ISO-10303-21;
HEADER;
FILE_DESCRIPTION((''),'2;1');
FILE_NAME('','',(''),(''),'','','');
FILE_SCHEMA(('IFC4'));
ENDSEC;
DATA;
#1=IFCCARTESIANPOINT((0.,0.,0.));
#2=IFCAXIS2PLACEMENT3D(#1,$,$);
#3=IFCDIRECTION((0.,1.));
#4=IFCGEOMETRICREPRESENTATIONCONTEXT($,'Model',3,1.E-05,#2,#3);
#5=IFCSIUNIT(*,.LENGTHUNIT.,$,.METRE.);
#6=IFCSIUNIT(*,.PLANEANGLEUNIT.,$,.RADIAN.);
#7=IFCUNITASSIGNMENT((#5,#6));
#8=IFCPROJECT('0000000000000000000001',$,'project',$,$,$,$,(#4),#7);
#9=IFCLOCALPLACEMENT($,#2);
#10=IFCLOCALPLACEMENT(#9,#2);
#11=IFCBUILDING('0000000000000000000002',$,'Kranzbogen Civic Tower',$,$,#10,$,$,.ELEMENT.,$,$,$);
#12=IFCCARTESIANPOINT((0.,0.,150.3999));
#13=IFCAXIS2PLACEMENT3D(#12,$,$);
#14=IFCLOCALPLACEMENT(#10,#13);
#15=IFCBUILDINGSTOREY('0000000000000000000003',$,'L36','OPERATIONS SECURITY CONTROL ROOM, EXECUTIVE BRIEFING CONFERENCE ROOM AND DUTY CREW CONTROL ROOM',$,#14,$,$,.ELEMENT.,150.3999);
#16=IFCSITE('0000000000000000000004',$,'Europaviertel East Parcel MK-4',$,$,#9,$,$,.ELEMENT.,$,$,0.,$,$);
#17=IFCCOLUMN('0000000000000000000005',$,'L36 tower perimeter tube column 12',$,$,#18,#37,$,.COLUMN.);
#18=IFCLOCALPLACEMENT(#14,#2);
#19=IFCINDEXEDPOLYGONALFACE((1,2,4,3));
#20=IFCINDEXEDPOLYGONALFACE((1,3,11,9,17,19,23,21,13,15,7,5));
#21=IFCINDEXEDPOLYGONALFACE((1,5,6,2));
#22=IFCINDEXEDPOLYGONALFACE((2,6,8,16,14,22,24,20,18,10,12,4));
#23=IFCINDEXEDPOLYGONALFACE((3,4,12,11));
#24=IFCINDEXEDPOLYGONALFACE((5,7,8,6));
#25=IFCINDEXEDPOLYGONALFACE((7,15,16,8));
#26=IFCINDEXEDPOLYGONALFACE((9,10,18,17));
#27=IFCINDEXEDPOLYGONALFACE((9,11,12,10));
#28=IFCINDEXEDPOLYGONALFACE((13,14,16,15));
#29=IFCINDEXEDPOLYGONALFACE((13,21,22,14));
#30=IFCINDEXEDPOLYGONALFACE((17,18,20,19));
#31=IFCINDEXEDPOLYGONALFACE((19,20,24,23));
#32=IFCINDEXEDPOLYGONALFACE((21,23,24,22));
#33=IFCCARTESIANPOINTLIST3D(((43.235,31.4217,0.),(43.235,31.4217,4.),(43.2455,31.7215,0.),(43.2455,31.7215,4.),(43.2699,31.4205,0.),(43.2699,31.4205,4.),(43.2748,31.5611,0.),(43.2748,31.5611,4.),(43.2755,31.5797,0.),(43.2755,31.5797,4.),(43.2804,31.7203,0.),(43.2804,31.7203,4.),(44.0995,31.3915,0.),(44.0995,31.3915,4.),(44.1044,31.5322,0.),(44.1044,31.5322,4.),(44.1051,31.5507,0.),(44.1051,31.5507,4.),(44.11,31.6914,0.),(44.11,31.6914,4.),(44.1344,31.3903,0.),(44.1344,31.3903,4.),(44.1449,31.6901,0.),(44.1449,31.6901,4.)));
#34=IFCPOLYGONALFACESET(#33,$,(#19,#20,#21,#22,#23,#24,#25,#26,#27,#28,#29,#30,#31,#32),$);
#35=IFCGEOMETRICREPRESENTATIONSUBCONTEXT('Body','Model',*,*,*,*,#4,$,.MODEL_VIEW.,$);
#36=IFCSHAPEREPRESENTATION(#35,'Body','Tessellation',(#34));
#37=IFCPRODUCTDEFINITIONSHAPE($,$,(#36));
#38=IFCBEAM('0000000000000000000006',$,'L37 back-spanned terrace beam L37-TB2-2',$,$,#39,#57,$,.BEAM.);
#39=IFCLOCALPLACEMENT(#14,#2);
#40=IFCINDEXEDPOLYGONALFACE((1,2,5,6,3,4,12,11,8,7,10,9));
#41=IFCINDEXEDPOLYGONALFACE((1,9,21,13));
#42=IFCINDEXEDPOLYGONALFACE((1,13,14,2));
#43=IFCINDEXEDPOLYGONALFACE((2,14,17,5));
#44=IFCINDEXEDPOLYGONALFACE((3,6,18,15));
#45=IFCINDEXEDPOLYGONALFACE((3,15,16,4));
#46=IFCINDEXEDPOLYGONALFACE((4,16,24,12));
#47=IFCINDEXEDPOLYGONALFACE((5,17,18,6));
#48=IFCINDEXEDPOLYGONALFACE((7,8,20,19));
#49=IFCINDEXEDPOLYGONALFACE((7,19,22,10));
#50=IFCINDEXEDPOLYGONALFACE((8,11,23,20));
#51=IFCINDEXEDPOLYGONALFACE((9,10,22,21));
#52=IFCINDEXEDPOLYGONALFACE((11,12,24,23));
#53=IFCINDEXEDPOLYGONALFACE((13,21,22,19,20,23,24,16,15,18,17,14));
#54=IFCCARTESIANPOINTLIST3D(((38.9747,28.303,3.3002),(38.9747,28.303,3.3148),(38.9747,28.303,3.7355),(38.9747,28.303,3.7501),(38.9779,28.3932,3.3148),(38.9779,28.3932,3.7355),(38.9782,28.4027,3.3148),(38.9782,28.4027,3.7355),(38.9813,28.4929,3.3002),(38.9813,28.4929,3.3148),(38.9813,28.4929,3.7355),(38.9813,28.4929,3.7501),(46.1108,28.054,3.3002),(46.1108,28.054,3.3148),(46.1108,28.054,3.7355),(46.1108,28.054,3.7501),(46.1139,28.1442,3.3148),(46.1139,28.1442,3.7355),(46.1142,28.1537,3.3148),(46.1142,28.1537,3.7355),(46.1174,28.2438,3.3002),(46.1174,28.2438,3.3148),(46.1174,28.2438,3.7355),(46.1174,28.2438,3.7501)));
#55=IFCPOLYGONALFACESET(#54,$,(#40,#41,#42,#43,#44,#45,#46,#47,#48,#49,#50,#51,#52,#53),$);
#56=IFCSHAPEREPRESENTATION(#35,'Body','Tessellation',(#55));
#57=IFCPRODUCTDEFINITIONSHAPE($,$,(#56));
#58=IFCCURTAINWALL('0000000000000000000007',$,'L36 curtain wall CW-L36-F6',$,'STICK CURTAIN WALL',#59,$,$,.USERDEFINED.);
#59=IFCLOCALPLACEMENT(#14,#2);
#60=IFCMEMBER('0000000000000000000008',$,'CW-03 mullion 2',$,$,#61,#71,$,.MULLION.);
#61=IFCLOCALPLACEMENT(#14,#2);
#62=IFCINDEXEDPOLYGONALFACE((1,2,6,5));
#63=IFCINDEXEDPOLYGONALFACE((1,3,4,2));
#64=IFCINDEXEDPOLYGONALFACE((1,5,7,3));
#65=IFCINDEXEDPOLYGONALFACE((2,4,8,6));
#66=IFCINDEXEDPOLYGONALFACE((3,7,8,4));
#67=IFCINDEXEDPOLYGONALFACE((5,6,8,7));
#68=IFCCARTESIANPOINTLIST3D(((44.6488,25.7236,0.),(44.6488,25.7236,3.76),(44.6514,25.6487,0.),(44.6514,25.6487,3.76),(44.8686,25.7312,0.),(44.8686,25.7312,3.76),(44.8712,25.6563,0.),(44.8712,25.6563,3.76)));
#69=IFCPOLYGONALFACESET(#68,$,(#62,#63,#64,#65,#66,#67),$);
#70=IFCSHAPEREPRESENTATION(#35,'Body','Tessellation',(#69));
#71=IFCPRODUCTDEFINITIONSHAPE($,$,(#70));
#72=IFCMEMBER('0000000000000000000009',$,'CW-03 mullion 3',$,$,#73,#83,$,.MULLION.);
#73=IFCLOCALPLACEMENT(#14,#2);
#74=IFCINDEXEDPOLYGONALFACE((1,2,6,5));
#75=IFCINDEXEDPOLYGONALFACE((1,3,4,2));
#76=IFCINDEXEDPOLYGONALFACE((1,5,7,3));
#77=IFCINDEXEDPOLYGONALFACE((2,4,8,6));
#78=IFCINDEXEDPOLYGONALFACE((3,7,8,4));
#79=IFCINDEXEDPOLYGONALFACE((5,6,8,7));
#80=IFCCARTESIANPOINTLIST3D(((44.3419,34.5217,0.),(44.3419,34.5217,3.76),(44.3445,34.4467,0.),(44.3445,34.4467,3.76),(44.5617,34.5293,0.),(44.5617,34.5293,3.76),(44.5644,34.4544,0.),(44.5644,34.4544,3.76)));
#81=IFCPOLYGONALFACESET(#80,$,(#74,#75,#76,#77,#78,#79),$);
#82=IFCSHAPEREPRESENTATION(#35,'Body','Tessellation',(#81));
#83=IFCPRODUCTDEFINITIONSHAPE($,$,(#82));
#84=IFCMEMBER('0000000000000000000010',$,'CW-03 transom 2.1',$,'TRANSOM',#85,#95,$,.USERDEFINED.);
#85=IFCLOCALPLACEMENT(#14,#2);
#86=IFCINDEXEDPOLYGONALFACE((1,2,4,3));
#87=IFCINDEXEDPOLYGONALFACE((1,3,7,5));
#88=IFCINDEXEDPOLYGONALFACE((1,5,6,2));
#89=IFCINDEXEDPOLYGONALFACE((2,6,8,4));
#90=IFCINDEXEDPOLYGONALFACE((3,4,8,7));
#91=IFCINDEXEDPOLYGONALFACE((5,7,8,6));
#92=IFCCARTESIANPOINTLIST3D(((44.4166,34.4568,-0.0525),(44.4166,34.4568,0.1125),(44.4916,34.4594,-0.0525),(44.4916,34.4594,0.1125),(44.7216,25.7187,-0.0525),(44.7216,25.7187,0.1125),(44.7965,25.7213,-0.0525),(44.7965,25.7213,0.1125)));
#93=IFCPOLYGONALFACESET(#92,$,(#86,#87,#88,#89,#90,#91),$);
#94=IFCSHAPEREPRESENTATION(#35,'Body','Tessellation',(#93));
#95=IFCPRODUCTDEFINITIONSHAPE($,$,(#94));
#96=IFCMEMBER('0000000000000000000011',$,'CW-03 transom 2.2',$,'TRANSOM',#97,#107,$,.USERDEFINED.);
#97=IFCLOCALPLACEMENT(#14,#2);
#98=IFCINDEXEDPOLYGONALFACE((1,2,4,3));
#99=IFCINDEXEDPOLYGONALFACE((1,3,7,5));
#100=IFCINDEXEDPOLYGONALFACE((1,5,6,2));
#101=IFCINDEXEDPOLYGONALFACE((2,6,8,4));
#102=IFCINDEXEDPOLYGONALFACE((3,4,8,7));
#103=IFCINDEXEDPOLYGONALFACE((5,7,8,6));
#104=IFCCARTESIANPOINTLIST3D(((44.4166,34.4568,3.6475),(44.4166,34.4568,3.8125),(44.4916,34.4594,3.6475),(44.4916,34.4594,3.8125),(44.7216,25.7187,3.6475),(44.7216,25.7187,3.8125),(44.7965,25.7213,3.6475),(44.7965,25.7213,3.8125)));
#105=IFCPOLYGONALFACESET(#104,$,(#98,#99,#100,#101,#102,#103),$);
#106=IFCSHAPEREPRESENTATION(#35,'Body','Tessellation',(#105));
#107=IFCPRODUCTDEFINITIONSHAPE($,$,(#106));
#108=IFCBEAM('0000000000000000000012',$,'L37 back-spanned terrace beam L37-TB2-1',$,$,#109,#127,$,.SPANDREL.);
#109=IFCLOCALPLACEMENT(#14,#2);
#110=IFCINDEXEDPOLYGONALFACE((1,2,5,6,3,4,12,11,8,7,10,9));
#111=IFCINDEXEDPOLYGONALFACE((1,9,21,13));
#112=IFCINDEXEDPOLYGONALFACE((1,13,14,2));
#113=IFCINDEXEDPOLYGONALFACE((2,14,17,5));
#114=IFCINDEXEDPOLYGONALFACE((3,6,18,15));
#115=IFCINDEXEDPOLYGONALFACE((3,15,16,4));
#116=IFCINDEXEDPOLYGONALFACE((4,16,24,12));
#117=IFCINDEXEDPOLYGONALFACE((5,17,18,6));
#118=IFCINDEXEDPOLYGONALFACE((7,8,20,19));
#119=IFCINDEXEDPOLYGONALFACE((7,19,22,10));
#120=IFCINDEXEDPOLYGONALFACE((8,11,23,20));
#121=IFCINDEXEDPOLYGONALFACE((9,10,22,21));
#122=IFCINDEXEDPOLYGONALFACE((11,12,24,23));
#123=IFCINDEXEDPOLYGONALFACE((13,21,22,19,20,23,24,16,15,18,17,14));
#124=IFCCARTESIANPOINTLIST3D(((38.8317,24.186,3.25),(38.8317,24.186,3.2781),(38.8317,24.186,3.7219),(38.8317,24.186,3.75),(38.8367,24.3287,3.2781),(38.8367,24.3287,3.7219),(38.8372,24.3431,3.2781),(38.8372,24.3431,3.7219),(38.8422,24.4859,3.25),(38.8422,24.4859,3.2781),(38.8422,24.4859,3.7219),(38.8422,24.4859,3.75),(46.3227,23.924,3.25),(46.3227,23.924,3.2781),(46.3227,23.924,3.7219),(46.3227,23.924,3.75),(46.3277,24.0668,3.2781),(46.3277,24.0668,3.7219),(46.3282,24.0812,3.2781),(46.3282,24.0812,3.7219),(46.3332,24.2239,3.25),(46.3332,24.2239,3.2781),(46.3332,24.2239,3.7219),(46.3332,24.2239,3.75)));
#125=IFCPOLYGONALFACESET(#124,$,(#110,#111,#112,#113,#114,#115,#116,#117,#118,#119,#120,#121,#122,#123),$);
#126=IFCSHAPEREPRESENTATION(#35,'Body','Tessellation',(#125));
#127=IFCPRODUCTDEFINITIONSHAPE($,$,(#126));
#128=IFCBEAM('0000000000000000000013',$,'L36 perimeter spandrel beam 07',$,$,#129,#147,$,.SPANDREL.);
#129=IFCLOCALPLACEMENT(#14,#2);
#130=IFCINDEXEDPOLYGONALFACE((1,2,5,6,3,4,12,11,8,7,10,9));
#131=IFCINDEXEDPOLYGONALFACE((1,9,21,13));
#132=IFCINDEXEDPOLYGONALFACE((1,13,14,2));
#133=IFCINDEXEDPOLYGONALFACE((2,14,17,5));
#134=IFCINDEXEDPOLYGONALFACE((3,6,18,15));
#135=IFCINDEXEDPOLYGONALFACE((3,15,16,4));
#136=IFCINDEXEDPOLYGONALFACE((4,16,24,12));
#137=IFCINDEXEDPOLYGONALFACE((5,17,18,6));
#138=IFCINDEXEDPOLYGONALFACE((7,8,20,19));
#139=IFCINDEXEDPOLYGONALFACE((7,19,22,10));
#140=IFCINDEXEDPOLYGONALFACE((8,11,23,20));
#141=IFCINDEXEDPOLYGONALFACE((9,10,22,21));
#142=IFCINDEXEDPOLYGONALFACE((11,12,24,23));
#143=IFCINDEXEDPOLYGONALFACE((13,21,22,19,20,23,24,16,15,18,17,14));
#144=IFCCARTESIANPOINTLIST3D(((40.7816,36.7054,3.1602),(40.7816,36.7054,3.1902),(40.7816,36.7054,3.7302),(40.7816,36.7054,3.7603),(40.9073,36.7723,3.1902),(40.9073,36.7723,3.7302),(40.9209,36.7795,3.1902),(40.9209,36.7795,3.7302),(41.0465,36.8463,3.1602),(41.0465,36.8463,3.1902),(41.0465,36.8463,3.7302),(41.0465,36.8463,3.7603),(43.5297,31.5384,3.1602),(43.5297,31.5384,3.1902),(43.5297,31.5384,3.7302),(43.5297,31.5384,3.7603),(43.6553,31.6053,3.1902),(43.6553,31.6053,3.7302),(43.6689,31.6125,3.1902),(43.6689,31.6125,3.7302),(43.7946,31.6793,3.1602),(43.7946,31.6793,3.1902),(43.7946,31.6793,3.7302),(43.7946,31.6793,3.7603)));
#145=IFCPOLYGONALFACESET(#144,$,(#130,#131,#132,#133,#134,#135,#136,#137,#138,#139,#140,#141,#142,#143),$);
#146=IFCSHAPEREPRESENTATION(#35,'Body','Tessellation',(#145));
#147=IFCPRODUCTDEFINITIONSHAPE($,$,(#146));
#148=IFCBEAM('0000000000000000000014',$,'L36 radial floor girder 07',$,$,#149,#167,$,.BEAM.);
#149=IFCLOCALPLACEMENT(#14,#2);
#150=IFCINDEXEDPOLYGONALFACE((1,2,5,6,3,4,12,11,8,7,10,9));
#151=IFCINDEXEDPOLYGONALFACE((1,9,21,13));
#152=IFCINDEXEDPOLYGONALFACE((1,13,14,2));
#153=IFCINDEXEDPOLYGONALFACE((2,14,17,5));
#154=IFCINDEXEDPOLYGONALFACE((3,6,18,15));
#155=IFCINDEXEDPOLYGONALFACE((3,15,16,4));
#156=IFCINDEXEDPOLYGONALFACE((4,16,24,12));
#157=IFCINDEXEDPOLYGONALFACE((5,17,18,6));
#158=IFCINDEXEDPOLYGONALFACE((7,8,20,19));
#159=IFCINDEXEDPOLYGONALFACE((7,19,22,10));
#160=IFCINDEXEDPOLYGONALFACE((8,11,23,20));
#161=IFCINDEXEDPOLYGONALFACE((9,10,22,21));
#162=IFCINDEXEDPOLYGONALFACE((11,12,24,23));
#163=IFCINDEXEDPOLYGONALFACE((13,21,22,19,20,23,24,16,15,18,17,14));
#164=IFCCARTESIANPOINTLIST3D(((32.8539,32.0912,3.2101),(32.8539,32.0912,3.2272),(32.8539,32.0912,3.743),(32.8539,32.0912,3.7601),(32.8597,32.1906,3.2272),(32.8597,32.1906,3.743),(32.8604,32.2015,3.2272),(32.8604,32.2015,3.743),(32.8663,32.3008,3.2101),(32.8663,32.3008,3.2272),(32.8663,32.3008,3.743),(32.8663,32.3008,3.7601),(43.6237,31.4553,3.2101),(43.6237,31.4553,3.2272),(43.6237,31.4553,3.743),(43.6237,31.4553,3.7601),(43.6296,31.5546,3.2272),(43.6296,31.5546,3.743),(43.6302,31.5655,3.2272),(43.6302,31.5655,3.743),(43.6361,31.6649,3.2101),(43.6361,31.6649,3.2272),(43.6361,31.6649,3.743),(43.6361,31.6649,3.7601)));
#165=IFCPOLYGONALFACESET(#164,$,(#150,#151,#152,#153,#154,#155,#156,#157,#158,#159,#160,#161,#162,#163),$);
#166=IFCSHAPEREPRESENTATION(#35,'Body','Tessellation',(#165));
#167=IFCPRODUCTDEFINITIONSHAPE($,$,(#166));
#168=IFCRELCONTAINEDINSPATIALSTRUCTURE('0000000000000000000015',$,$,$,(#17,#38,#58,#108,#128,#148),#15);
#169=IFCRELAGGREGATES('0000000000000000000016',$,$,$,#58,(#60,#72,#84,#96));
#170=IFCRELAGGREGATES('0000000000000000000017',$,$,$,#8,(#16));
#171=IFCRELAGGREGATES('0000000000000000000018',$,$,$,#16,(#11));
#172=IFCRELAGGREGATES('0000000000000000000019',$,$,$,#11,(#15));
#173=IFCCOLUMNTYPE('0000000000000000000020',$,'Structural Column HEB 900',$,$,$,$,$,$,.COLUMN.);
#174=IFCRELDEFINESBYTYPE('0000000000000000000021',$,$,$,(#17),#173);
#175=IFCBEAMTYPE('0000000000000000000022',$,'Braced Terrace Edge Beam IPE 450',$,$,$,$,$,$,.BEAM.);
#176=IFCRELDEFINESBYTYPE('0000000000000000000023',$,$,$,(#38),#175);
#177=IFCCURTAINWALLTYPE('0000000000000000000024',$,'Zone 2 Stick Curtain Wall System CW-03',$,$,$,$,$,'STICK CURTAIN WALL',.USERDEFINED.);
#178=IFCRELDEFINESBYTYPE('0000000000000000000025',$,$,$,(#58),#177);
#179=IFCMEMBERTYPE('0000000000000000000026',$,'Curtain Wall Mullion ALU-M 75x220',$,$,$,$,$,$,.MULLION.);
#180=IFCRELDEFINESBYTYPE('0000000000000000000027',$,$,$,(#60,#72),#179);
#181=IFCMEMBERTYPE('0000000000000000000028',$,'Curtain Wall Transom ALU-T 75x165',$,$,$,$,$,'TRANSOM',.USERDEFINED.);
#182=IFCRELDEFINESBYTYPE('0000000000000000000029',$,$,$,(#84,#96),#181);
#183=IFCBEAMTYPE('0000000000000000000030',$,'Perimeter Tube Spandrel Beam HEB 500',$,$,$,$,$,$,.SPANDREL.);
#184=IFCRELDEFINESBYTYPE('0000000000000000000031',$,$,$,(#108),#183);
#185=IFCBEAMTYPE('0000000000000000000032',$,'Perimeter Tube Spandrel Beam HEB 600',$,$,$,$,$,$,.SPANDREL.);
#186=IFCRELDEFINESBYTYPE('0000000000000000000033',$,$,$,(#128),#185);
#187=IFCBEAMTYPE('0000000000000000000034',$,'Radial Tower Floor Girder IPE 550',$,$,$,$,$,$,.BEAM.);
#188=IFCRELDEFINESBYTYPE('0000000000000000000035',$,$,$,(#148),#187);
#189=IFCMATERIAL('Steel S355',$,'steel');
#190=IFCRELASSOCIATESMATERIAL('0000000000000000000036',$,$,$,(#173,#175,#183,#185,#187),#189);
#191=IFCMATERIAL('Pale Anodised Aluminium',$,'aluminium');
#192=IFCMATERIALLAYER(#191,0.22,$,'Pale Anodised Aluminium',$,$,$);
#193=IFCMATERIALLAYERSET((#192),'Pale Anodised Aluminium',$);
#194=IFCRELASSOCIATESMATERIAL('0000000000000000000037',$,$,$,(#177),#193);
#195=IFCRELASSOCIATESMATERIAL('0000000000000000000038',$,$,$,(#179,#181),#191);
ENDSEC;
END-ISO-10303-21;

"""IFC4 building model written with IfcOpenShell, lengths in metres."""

from ifc_helpers import new_model, si_unit, direction, frame, origin, origin_2d, place, context, subcontext, project, spatial, rectangle, i_section, extrude, material, layer, layer_set, material_profile, profile_set, type_object, element, aggregate, save


model = new_model("IFC4")

# Units and contexts
model_context = context("Model", 3, precision=1e-05, world=origin(), true_north=direction((0.0, 1.0)))
body_context = subcontext(model_context, "Body", "Model", "MODEL_VIEW")
ifc_project = project(units=[si_unit("LENGTHUNIT", "METRE"), si_unit("PLANEANGLEUNIT", "RADIAN")], contexts=[model_context])

# Site, building, storey
site_placement = place(None, origin())
site = spatial("IfcSite", under=ifc_project, at=site_placement, Name="Europaviertel East Parcel MK-4", CompositionType="ELEMENT", RefElevation=0.0)
building_placement = place(site_placement, origin())
building = spatial("IfcBuilding", under=site, at=building_placement, Name="Kranzbogen Civic Tower", CompositionType="ELEMENT")
storey_placement = place(building_placement, frame((0.0, 0.0, 150.3999)))
storey = spatial("IfcBuildingStorey", under=building, at=storey_placement, Name="L36", Description="OPERATIONS SECURITY CONTROL ROOM, EXECUTIVE BRIEFING CONFERENCE ROOM AND DUTY CREW CONTROL ROOM", CompositionType="ELEMENT", Elevation=150.3999)

# Column
ifc_material_1 = material(Name="Steel S355", Category="steel")
ifc_material_profile_1 = material_profile(ifc_material_1, i_section(OverallWidth=0.3, OverallDepth=0.8999, WebThickness=0.0186, FlangeThickness=0.0349, at=origin_2d()), Name="HEB 900")
ifc_profile_set_1 = profile_set([ifc_material_profile_1], Name="Steel S355")
column_type = type_object("IfcColumnType", Name="Structural Column HEB 900", PredefinedType="COLUMN", material=ifc_profile_set_1)
column_placement = place(storey_placement, frame((43.6899, 31.5559, 0.0), z_axis=(0.0, 0.0, 1.0), x_axis=(0.034899, 0.999391, 0.0)))
element("IfcColumn", 1, at=column_placement, inside=storey, type_object=column_type, Name="L36 tower perimeter tube column 12", PredefinedType="COLUMN", context=body_context, shape_type="SweptSolid", body=[
    extrude(i_section(OverallWidth=0.3, OverallDepth=0.8999, WebThickness=0.0186, FlangeThickness=0.0349, at=origin_2d()), origin(), (0.0, 0.0, 1.0), 4.0),
])

# Beam
ifc_material_profile_2 = material_profile(ifc_material_1, i_section(OverallWidth=0.1899, OverallDepth=0.45, WebThickness=0.0095, FlangeThickness=0.0146, at=origin_2d()), Name="IPE 450")
ifc_profile_set_2 = profile_set([ifc_material_profile_2], Name="Steel S355")
beam_type_1 = type_object("IfcBeamType", Name="Braced Terrace Edge Beam IPE 450", PredefinedType="BEAM", material=ifc_profile_set_2)
beam_1_placement = place(storey_placement, frame((38.978, 28.3979, 3.5251), z_axis=(0.999392, -0.034876, 0.0), x_axis=(0.034876, 0.999392, 0.0)))
element("IfcBeam", 2, at=beam_1_placement, inside=storey, type_object=beam_type_1, Name="L37 back-spanned terrace beam L37-TB2-2", PredefinedType="BEAM", context=body_context, shape_type="SweptSolid", body=[
    extrude(i_section(OverallWidth=0.1899, OverallDepth=0.45, WebThickness=0.0095, FlangeThickness=0.0146, at=origin_2d()), origin(), (0.0, 0.0, 1.0), 7.1404),
])

# Curtain wall, members
ifc_material_2 = material(Name="Pale Anodised Aluminium", Category="aluminium")
ifc_layer_1 = layer(ifc_material_2, 0.22, Name="Pale Anodised Aluminium")
ifc_layer_set_1 = layer_set([ifc_layer_1], Name="Pale Anodised Aluminium")
curtain_wall_type = type_object("IfcCurtainWallType", Name="Zone 2 Stick Curtain Wall System CW-03", ElementType="STICK CURTAIN WALL", PredefinedType="USERDEFINED", material=ifc_layer_set_1)
curtain_wall_placement = place(storey_placement, origin())
curtain_wall = element("IfcCurtainWall", 3, at=curtain_wall_placement, inside=storey, type_object=curtain_wall_type, Name="L36 curtain wall CW-L36-F6", ObjectType="STICK CURTAIN WALL", PredefinedType="USERDEFINED")
ifc_material_profile_3 = material_profile(ifc_material_2, rectangle(XDim=0.075, YDim=0.22, at=origin_2d()), Name="ALU-M 75x220")
ifc_profile_set_3 = profile_set([ifc_material_profile_3], Name="Pale Anodised Aluminium")
member_type_1 = type_object("IfcMemberType", Name="Curtain Wall Mullion ALU-M 75x220", PredefinedType="MULLION", material=ifc_profile_set_3)
member_1_placement = place(storey_placement, frame((44.76, 25.6899, 0.0), z_axis=(0.0, 0.0, 1.0), x_axis=(-0.034868, 0.999392, 0.0)))
member_1 = element("IfcMember", 4, at=member_1_placement, type_object=member_type_1, Name="CW-03 mullion 2", PredefinedType="MULLION", context=body_context, shape_type="SweptSolid", body=[
    extrude(rectangle(XDim=0.075, YDim=0.22, at=origin_2d()), origin(), (0.0, 0.0, 1.0), 3.76),
])
member_2_placement = place(storey_placement, frame((44.4531, 34.488, 0.0), z_axis=(0.0, 0.0, 1.0), x_axis=(-0.034868, 0.999392, 0.0)))
member_2 = element("IfcMember", 5, at=member_2_placement, type_object=member_type_1, Name="CW-03 mullion 3", PredefinedType="MULLION", context=body_context, shape_type="SweptSolid", body=[
    extrude(rectangle(XDim=0.075, YDim=0.22, at=origin_2d()), origin(), (0.0, 0.0, 1.0), 3.76),
])
ifc_material_profile_4 = material_profile(ifc_material_2, rectangle(XDim=0.075, YDim=0.165, at=origin_2d()), Name="ALU-T 75x165")
ifc_profile_set_4 = profile_set([ifc_material_profile_4], Name="Pale Anodised Aluminium")
member_type_2 = type_object("IfcMemberType", Name="Curtain Wall Transom ALU-T 75x165", ElementType="TRANSOM", PredefinedType="USERDEFINED", material=ifc_profile_set_4)
member_3_placement = place(storey_placement, frame((44.759, 25.72, 0.03), z_axis=(-0.034876, 0.999392, 0.0), x_axis=(-0.999392, -0.034876, 0.0)))
member_3 = element("IfcMember", 6, at=member_3_placement, type_object=member_type_2, Name="CW-03 transom 2.1", ObjectType="TRANSOM", PredefinedType="USERDEFINED", context=body_context, shape_type="SweptSolid", body=[
    extrude(rectangle(XDim=0.075, YDim=0.165, at=origin_2d()), origin(), (0.0, 0.0, 1.0), 8.7434),
])
member_4_placement = place(storey_placement, frame((44.759, 25.72, 3.73), z_axis=(-0.034876, 0.999392, 0.0), x_axis=(-0.999392, -0.034876, 0.0)))
member_4 = element("IfcMember", 7, at=member_4_placement, type_object=member_type_2, Name="CW-03 transom 2.2", ObjectType="TRANSOM", PredefinedType="USERDEFINED", context=body_context, shape_type="SweptSolid", body=[
    extrude(rectangle(XDim=0.075, YDim=0.165, at=origin_2d()), origin(), (0.0, 0.0, 1.0), 8.7434),
])

# Beams
ifc_material_profile_5 = material_profile(ifc_material_1, i_section(OverallWidth=0.3, OverallDepth=0.5, WebThickness=0.0144, FlangeThickness=0.0281, at=origin_2d()), Name="HEB 500")
ifc_profile_set_5 = profile_set([ifc_material_profile_5], Name="Steel S355")
beam_type_2 = type_object("IfcBeamType", Name="Perimeter Tube Spandrel Beam HEB 500", PredefinedType="SPANDREL", material=ifc_profile_set_5)
beam_2_placement = place(storey_placement, frame((38.8369, 24.3359, 3.5), z_axis=(0.999389, -0.034949, 0.0), x_axis=(0.034949, 0.999389, 0.0)))
element("IfcBeam", 8, at=beam_2_placement, inside=storey, type_object=beam_type_2, Name="L37 back-spanned terrace beam L37-TB2-1", PredefinedType="SPANDREL", context=body_context, shape_type="SweptSolid", body=[
    extrude(i_section(OverallWidth=0.3, OverallDepth=0.5, WebThickness=0.0144, FlangeThickness=0.0281, at=origin_2d()), origin(), (0.0, 0.0, 1.0), 7.4956),
])
ifc_material_profile_6 = material_profile(ifc_material_1, i_section(OverallWidth=0.3, OverallDepth=0.6001, WebThickness=0.0154, FlangeThickness=0.03, at=origin_2d()), Name="HEB 600")
ifc_profile_set_6 = profile_set([ifc_material_profile_6], Name="Steel S355")
beam_type_3 = type_object("IfcBeamType", Name="Perimeter Tube Spandrel Beam HEB 600", PredefinedType="SPANDREL", material=ifc_profile_set_6)
beam_3_placement = place(storey_placement, frame((43.6621, 31.6089, 3.4602), z_axis=(-0.469566, 0.882897, 0.0), x_axis=(-0.882897, -0.469566, 0.0)))
element("IfcBeam", 9, at=beam_3_placement, inside=storey, type_object=beam_type_3, Name="L36 perimeter spandrel beam 07", PredefinedType="SPANDREL", context=body_context, shape_type="SweptSolid", body=[
    extrude(i_section(OverallWidth=0.3, OverallDepth=0.6001, WebThickness=0.0154, FlangeThickness=0.03, at=origin_2d()), origin(), (0.0, 0.0, 1.0), 5.8523),
])
ifc_material_profile_7 = material_profile(ifc_material_1, i_section(OverallWidth=0.21, OverallDepth=0.55, WebThickness=0.011, FlangeThickness=0.0171, at=origin_2d()), Name="IPE 550")
ifc_profile_set_7 = profile_set([ifc_material_profile_7], Name="Steel S355")
beam_type_4 = type_object("IfcBeamType", Name="Radial Tower Floor Girder IPE 550", PredefinedType="BEAM", material=ifc_profile_set_7)
beam_4_placement = place(storey_placement, frame((43.6299, 31.5601, 3.4851), z_axis=(-0.998261, 0.05895, 0.0), x_axis=(-0.05895, -0.998261, 0.0)))
element("IfcBeam", 10, at=beam_4_placement, inside=storey, type_object=beam_type_4, Name="L36 radial floor girder 07", PredefinedType="BEAM", context=body_context, shape_type="SweptSolid", body=[
    extrude(i_section(OverallWidth=0.21, OverallDepth=0.55, WebThickness=0.011, FlangeThickness=0.0171, at=origin_2d()), origin(), (0.0, 0.0, 1.0), 10.7886),
])

aggregate(curtain_wall, [member_1, member_2, member_3, member_4])

save(model, "model.ifc")
